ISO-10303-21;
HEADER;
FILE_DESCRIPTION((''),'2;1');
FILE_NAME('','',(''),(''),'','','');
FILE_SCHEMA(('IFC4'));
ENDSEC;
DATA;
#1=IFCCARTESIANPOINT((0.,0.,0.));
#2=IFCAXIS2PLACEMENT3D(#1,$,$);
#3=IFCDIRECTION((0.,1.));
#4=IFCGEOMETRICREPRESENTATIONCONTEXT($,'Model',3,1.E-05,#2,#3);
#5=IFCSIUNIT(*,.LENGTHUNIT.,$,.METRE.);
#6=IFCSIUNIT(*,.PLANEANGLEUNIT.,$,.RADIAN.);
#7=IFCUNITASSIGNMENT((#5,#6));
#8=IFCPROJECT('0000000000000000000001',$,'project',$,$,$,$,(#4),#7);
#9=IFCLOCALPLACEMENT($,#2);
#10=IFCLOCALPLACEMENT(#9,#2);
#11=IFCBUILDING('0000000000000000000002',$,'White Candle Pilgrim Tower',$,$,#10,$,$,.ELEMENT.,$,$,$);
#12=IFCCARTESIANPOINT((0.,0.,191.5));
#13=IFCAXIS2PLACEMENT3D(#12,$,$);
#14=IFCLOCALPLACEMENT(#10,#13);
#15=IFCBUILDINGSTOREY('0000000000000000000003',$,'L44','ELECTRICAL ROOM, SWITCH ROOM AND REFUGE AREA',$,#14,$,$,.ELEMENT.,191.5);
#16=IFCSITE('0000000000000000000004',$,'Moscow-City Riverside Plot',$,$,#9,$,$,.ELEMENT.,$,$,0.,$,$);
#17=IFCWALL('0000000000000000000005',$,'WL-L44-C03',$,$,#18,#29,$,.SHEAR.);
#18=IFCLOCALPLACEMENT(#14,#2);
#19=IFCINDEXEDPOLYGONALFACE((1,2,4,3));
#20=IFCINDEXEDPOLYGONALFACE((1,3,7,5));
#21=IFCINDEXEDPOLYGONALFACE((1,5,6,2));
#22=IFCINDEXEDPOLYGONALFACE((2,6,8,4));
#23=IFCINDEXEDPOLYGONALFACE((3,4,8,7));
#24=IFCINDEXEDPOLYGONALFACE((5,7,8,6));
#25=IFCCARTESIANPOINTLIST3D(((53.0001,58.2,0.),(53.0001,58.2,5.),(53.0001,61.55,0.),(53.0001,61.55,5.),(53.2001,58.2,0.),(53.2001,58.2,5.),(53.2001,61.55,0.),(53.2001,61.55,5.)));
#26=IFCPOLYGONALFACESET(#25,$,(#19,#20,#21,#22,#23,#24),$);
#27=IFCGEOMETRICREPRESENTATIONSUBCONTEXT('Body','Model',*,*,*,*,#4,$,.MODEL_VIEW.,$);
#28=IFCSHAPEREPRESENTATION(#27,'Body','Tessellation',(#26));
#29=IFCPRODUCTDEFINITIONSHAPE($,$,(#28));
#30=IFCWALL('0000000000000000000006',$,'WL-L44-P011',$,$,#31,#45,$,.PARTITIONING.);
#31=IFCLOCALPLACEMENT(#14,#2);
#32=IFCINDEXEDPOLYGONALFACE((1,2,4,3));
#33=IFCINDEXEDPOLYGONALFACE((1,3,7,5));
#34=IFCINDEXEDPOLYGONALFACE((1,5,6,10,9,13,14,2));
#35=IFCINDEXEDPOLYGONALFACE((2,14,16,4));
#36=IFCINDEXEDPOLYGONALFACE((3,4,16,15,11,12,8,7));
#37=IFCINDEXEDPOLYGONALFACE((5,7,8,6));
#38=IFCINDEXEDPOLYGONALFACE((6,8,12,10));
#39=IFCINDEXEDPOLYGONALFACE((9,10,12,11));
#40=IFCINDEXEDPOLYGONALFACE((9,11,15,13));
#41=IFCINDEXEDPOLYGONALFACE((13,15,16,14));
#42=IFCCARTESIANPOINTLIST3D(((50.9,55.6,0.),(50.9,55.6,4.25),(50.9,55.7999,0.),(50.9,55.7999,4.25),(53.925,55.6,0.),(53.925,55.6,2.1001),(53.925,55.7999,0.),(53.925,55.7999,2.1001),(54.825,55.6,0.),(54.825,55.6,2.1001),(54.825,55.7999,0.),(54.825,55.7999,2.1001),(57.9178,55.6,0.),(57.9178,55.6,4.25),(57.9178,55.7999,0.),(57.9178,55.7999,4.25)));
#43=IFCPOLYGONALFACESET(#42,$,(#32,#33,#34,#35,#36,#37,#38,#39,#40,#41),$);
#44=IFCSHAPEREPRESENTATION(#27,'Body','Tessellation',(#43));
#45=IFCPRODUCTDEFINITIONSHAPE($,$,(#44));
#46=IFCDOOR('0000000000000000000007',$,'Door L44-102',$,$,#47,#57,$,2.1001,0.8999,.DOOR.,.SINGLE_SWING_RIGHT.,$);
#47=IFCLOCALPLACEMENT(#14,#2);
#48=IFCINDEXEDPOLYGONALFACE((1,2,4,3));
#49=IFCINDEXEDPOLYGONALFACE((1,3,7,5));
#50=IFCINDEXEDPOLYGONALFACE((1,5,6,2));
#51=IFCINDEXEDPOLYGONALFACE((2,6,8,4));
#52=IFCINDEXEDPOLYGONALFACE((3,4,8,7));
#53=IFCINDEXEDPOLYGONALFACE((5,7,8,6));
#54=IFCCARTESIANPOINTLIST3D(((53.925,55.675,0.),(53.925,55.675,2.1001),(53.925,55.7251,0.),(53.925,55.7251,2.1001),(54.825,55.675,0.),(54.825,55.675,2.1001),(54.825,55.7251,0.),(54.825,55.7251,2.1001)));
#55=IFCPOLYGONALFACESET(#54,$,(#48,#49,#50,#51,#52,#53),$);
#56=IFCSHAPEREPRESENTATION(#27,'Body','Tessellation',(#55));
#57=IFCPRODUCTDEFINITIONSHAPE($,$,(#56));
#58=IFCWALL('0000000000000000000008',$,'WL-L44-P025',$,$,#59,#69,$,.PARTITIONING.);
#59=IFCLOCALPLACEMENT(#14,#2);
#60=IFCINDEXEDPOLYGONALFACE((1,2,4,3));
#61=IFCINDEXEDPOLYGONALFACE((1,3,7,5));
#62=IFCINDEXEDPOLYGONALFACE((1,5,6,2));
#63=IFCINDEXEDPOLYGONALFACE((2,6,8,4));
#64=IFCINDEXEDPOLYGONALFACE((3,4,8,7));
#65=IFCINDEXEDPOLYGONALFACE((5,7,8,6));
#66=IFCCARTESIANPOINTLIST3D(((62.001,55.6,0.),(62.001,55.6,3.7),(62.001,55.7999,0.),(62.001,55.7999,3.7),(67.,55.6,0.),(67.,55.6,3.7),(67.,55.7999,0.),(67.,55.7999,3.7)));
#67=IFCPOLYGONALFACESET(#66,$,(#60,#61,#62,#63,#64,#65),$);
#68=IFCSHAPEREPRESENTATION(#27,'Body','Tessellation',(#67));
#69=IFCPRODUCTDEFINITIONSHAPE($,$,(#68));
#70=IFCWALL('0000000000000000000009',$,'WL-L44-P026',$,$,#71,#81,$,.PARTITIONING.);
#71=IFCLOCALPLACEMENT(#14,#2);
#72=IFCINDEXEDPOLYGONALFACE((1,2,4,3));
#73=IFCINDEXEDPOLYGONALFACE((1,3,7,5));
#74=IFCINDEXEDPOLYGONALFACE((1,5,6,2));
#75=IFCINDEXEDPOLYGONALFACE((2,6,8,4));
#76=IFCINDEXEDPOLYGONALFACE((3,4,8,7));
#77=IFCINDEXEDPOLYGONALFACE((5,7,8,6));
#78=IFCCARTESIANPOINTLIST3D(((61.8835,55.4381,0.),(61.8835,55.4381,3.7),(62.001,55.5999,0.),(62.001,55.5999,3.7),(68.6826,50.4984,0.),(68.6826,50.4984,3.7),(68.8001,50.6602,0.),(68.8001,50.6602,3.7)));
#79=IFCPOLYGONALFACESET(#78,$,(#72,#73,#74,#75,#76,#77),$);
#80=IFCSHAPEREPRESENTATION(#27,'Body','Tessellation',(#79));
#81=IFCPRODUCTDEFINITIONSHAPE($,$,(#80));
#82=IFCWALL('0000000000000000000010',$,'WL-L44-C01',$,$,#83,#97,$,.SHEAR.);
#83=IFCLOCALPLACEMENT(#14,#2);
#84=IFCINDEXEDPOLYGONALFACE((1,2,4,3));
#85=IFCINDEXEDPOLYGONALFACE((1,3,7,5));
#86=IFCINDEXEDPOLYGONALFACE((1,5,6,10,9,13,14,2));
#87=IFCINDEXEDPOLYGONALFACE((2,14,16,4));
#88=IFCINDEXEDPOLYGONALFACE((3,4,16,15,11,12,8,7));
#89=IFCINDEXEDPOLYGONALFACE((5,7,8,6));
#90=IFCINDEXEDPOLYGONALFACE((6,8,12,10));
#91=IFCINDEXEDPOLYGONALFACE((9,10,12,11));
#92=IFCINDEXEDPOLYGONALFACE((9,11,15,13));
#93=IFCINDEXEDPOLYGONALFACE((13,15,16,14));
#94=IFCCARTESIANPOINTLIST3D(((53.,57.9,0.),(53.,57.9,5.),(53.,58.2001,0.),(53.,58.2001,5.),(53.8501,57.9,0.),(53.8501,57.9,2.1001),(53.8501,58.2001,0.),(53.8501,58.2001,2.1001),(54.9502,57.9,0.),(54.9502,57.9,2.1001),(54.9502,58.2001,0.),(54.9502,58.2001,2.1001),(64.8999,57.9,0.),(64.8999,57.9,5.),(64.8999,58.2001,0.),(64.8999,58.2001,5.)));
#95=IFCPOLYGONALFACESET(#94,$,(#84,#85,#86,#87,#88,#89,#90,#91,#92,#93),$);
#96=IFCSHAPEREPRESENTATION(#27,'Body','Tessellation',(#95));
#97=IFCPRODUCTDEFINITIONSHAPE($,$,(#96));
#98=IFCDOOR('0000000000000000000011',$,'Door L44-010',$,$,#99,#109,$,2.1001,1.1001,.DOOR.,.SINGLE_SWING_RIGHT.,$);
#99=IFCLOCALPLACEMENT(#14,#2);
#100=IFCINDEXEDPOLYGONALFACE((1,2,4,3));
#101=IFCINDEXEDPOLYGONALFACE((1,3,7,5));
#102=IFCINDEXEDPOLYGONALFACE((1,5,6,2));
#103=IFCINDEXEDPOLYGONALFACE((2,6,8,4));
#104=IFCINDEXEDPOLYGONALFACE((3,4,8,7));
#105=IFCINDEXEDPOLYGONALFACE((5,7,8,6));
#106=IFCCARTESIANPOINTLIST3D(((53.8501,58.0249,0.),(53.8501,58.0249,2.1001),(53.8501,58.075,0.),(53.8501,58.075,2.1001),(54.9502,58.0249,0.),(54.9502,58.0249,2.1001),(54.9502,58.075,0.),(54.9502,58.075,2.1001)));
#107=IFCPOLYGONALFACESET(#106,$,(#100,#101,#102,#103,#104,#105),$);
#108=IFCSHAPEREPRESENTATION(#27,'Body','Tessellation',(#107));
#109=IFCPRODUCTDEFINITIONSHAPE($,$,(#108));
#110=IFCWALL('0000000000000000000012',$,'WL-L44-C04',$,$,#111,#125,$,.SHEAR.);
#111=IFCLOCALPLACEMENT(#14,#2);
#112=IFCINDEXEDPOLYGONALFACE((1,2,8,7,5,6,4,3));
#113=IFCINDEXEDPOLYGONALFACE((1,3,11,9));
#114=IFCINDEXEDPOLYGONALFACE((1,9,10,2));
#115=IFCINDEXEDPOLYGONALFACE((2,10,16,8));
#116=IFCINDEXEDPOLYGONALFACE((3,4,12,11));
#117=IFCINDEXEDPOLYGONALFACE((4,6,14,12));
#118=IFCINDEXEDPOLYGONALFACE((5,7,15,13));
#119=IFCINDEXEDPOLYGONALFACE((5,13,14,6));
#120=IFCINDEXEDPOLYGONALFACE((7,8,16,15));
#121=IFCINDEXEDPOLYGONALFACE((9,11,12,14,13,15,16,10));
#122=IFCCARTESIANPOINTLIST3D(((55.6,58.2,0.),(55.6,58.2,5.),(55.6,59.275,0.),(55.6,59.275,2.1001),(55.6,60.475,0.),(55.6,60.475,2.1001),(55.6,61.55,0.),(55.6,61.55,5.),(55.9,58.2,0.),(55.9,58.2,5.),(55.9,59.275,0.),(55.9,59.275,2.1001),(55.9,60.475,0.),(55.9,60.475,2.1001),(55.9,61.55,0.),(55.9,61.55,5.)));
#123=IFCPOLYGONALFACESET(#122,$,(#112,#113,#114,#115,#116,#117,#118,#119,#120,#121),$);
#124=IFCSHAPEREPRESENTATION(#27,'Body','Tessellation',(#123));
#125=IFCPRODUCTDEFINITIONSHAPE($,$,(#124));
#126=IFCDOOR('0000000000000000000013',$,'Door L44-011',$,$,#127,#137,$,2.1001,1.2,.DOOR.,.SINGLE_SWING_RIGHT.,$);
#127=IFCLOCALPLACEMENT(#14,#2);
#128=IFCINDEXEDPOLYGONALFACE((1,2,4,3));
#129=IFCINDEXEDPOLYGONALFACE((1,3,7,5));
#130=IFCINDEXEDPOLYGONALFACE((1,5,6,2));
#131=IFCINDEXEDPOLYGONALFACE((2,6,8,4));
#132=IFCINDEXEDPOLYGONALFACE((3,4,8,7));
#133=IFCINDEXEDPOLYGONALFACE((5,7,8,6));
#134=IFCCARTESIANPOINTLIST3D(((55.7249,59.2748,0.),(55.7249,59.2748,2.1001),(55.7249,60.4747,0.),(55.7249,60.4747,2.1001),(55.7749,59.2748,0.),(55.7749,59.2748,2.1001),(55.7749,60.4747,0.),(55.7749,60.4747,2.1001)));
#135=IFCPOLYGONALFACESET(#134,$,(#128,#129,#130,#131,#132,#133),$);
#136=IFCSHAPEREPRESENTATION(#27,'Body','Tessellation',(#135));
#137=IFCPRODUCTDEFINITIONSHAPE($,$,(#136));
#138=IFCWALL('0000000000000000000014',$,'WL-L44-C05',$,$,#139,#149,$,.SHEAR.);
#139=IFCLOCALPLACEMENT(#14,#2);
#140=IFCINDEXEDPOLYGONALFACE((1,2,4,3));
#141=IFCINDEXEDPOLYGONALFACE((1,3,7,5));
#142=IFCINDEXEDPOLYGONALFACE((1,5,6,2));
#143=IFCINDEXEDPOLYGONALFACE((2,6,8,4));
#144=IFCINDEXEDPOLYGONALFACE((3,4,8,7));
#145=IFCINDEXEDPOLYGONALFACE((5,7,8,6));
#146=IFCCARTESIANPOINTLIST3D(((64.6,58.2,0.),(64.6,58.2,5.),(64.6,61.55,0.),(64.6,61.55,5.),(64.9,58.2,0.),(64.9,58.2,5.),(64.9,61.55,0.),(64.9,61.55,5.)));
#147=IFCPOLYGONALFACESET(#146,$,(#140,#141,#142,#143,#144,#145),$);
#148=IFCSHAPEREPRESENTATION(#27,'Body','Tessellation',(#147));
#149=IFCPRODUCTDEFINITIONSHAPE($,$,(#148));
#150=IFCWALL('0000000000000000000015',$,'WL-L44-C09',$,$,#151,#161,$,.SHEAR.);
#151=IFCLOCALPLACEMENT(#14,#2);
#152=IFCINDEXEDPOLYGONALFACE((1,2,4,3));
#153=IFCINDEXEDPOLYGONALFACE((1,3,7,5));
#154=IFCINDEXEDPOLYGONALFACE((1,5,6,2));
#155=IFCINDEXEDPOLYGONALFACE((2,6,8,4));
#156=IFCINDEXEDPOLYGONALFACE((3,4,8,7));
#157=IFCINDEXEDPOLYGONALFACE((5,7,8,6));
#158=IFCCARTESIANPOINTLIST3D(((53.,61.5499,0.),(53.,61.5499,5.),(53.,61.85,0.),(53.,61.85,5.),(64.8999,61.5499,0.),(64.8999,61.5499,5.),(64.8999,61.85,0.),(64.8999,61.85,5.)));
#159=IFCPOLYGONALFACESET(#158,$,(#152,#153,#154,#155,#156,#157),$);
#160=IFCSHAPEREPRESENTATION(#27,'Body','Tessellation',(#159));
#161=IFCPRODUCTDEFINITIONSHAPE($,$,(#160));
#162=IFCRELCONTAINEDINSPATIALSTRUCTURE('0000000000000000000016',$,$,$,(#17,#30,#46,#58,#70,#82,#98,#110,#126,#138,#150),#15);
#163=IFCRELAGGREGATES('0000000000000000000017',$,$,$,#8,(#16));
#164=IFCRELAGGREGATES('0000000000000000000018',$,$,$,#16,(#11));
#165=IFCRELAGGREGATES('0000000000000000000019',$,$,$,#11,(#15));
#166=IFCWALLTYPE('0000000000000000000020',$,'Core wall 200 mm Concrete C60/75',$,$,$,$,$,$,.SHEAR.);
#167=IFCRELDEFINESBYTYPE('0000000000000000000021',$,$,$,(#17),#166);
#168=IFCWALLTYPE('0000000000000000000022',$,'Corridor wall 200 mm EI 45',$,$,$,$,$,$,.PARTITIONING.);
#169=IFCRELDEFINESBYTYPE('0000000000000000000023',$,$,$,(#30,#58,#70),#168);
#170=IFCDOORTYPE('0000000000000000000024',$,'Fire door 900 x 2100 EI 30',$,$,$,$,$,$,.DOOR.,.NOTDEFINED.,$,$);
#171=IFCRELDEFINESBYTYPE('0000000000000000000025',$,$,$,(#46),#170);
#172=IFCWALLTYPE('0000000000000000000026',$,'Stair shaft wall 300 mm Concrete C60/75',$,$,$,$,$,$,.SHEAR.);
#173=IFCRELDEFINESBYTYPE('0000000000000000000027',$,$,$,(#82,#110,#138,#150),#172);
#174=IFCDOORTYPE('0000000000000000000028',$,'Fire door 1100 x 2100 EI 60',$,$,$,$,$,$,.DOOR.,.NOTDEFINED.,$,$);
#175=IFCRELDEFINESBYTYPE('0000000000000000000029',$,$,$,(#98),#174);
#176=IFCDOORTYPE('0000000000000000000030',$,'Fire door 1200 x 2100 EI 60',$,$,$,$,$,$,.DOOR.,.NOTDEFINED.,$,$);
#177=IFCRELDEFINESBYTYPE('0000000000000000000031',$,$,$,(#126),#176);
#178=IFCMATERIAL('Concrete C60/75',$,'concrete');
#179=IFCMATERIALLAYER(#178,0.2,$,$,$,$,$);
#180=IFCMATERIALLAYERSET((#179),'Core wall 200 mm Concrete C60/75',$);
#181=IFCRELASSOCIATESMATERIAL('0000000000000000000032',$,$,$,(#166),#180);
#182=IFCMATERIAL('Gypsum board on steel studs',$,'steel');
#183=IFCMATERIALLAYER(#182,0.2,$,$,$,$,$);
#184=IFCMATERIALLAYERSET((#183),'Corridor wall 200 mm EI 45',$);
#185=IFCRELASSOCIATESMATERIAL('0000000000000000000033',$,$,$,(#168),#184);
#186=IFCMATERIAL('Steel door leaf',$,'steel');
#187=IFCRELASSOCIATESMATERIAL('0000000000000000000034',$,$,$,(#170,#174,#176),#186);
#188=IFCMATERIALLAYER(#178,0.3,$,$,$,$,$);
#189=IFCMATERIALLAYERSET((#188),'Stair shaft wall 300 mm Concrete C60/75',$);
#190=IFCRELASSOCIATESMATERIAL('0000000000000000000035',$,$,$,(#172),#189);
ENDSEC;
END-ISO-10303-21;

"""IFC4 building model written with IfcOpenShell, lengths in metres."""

from ifc_helpers import new_model, si_unit, direction, frame, frame_2d, origin, place, context, subcontext, project, spatial, rectangle, extrude, material, layer, layer_set, type_object, element, fill, save


model = new_model("IFC4")

# Units and contexts
model_context = context("Model", 3, precision=1e-05, world=origin(), true_north=direction((0.0, 1.0)))
body_context = subcontext(model_context, "Body", "Model", "MODEL_VIEW")
ifc_project = project(units=[si_unit("LENGTHUNIT", "METRE"), si_unit("PLANEANGLEUNIT", "RADIAN")], contexts=[model_context])

# Site, building, storey
site_placement = place(None, origin())
site = spatial("IfcSite", under=ifc_project, at=site_placement, Name="Moscow-City Riverside Plot", CompositionType="ELEMENT", RefElevation=0.0)
building_placement = place(site_placement, origin())
building = spatial("IfcBuilding", under=site, at=building_placement, Name="White Candle Pilgrim Tower", CompositionType="ELEMENT")
storey_placement = place(building_placement, frame((0.0, 0.0, 191.5)))
storey = spatial("IfcBuildingStorey", under=building, at=storey_placement, Name="L44", Description="ELECTRICAL ROOM, SWITCH ROOM AND REFUGE AREA", CompositionType="ELEMENT", Elevation=191.5)

# Wall
ifc_material_1 = material(Name="Concrete C60/75", Category="concrete")
ifc_layer_1 = layer(ifc_material_1, 0.2)
ifc_layer_set_1 = layer_set([ifc_layer_1], Name="Core wall 200 mm Concrete C60/75")
wall_type_1 = type_object("IfcWallType", Name="Core wall 200 mm Concrete C60/75", PredefinedType="SHEAR", material=ifc_layer_set_1)
wall_1_placement = place(storey_placement, frame((53.1001, 58.2, 0.0), z_axis=(0.0, 0.0, 1.0), x_axis=(0.0, 1.0, 0.0)))
element("IfcWall", 1, at=wall_1_placement, inside=storey, type_object=wall_type_1, Name="WL-L44-C03", PredefinedType="SHEAR", context=body_context, shape_type="SweptSolid", body=[
    extrude(rectangle(XDim=3.3501, YDim=0.2, at=frame_2d((1.675, 0.0))), origin(), (0.0, 0.0, 1.0), 5.0),
])

# Wall, opening, door
ifc_material_2 = material(Name="Gypsum board on steel studs", Category="steel")
ifc_layer_2 = layer(ifc_material_2, 0.2)
ifc_layer_set_2 = layer_set([ifc_layer_2], Name="Corridor wall 200 mm EI 45")
wall_type_2 = type_object("IfcWallType", Name="Corridor wall 200 mm EI 45", PredefinedType="PARTITIONING", material=ifc_layer_set_2)
wall_2_placement = place(storey_placement, frame((57.9177, 55.7, 0.0), z_axis=(0.0, 0.0, 1.0), x_axis=(-1.0, 0.0, 0.0)))
wall_2 = element("IfcWall", 2, at=wall_2_placement, inside=storey, type_object=wall_type_2, Name="WL-L44-P011", PredefinedType="PARTITIONING", context=body_context, shape_type="SweptSolid", body=[
    extrude(rectangle(XDim=7.0178, YDim=0.2, at=frame_2d((3.5088, 0.0))), origin(), (0.0, 0.0, 1.0), 4.25),
])
opening_1_placement = place(wall_2_placement, frame((3.0928, 0.0, 0.0)))
opening_1 = element("IfcOpeningElement", 3, at=opening_1_placement, cuts=wall_2, PredefinedType="OPENING", context=body_context, shape_type="SweptSolid", body=[
    extrude(rectangle(XDim=0.8999, YDim=2.1001, at=frame_2d((0.45, 1.05))), frame((0.0, 0.1099, 0.0), z_axis=(0.0, -1.0, 0.0), x_axis=(1.0, 0.0, 0.0)), (0.0, 0.0, 1.0), 0.22),
])
ifc_material_3 = material(Name="Steel door leaf", Category="steel")
door_type_1 = type_object("IfcDoorType", Name="Fire door 900 x 2100 EI 30", OperationType="NOTDEFINED", PredefinedType="DOOR", material=ifc_material_3)
door_1_placement = place(opening_1_placement, origin())
door_1 = element("IfcDoor", 4, at=door_1_placement, inside=storey, type_object=door_type_1, Name="Door L44-102", OperationType="SINGLE_SWING_RIGHT", OverallHeight=2.1001, OverallWidth=0.8999, PredefinedType="DOOR", context=body_context, shape_type="SweptSolid", body=[
    extrude(rectangle(XDim=0.8999, YDim=2.1001, at=frame_2d((0.45, 1.05))), frame((0.0, 0.0249, 0.0), z_axis=(0.0, -1.0, 0.0), x_axis=(1.0, 0.0, 0.0)), (0.0, 0.0, 1.0), 0.05),
])
fill(opening_1, door_1)

# Walls
wall_3_placement = place(storey_placement, frame((67.0, 55.7, 0.0), z_axis=(0.0, 0.0, 1.0), x_axis=(-1.0, 0.0, 0.0)))
element("IfcWall", 5, at=wall_3_placement, inside=storey, type_object=wall_type_2, Name="WL-L44-P025", PredefinedType="PARTITIONING", context=body_context, shape_type="SweptSolid", body=[
    extrude(rectangle(XDim=4.999, YDim=0.2, at=frame_2d((2.4995, 0.0))), origin(), (0.0, 0.0, 1.0), 3.7),
])
wall_4_placement = place(storey_placement, frame((61.9421, 55.519, 0.0), z_axis=(0.0, 0.0, 1.0), x_axis=(0.809024, -0.587776, 0.0)))
element("IfcWall", 6, at=wall_4_placement, inside=storey, type_object=wall_type_2, Name="WL-L44-P026", PredefinedType="PARTITIONING", context=body_context, shape_type="SweptSolid", body=[
    extrude(rectangle(XDim=8.4041, YDim=0.2, at=frame_2d((4.2021, 0.0))), origin(), (0.0, 0.0, 1.0), 3.7),
])

# Walls, openings, doors
ifc_layer_3 = layer(ifc_material_1, 0.3)
ifc_layer_set_3 = layer_set([ifc_layer_3], Name="Stair shaft wall 300 mm Concrete C60/75")
wall_type_3 = type_object("IfcWallType", Name="Stair shaft wall 300 mm Concrete C60/75", PredefinedType="SHEAR", material=ifc_layer_set_3)
wall_5_placement = place(storey_placement, frame((53.0, 58.05, 0.0), z_axis=(0.0, 0.0, 1.0), x_axis=(1.0, 0.0, 0.0)))
wall_5 = element("IfcWall", 7, at=wall_5_placement, inside=storey, type_object=wall_type_3, Name="WL-L44-C01", PredefinedType="SHEAR", context=body_context, shape_type="SweptSolid", body=[
    extrude(rectangle(XDim=11.8999, YDim=0.3, at=frame_2d((5.95, 0.0))), origin(), (0.0, 0.0, 1.0), 5.0),
])
opening_2_placement = place(wall_5_placement, frame((0.8501, 0.0, 0.0)))
opening_2 = element("IfcOpeningElement", 8, at=opening_2_placement, cuts=wall_5, PredefinedType="OPENING", context=body_context, shape_type="SweptSolid", body=[
    extrude(rectangle(XDim=1.1001, YDim=2.1001, at=frame_2d((0.55, 1.05))), frame((0.0, 0.1599, 0.0), z_axis=(0.0, -1.0, 0.0), x_axis=(1.0, 0.0, 0.0)), (0.0, 0.0, 1.0), 0.3201),
])
door_type_2 = type_object("IfcDoorType", Name="Fire door 1100 x 2100 EI 60", OperationType="NOTDEFINED", PredefinedType="DOOR", material=ifc_material_3)
door_2_placement = place(opening_2_placement, origin())
door_2 = element("IfcDoor", 9, at=door_2_placement, inside=storey, type_object=door_type_2, Name="Door L44-010", OperationType="SINGLE_SWING_RIGHT", OverallHeight=2.1001, OverallWidth=1.1001, PredefinedType="DOOR", context=body_context, shape_type="SweptSolid", body=[
    extrude(rectangle(XDim=1.1001, YDim=2.1001, at=frame_2d((0.55, 1.05))), frame((0.0, 0.0249, 0.0), z_axis=(0.0, -1.0, 0.0), x_axis=(1.0, 0.0, 0.0)), (0.0, 0.0, 1.0), 0.05),
])
fill(opening_2, door_2)
wall_6_placement = place(storey_placement, frame((55.75, 58.2, 0.0), z_axis=(0.0, 0.0, 1.0), x_axis=(0.0, 1.0, 0.0)))
wall_6 = element("IfcWall", 10, at=wall_6_placement, inside=storey, type_object=wall_type_3, Name="WL-L44-C04", PredefinedType="SHEAR", context=body_context, shape_type="SweptSolid", body=[
    extrude(rectangle(XDim=3.3501, YDim=0.3, at=frame_2d((1.675, 0.0))), origin(), (0.0, 0.0, 1.0), 5.0),
])
opening_3_placement = place(wall_6_placement, frame((1.075, 0.0, 0.0)))
opening_3 = element("IfcOpeningElement", 11, at=opening_3_placement, cuts=wall_6, PredefinedType="OPENING", context=body_context, shape_type="SweptSolid", body=[
    extrude(rectangle(XDim=1.2, YDim=2.1001, at=frame_2d((0.6001, 1.05))), frame((0.0, 0.1599, 0.0), z_axis=(0.0, -1.0, 0.0), x_axis=(1.0, 0.0, 0.0)), (0.0, 0.0, 1.0), 0.3201),
])
door_type_3 = type_object("IfcDoorType", Name="Fire door 1200 x 2100 EI 60", OperationType="NOTDEFINED", PredefinedType="DOOR", material=ifc_material_3)
door_3_placement = place(opening_3_placement, frame((1.2, 0.0, 0.0), z_axis=(0.0, 0.0, 1.0), x_axis=(-1.0, 0.0, 0.0)))
door_3 = element("IfcDoor", 12, at=door_3_placement, inside=storey, type_object=door_type_3, Name="Door L44-011", OperationType="SINGLE_SWING_RIGHT", OverallHeight=2.1001, OverallWidth=1.2, PredefinedType="DOOR", context=body_context, shape_type="SweptSolid", body=[
    extrude(rectangle(XDim=1.2, YDim=2.1001, at=frame_2d((0.6001, 1.05))), frame((0.0, 0.0249, 0.0), z_axis=(0.0, -1.0, 0.0), x_axis=(1.0, 0.0, 0.0)), (0.0, 0.0, 1.0), 0.05),
])
fill(opening_3, door_3)

# Walls
wall_7_placement = place(storey_placement, frame((64.75, 58.2, 0.0), z_axis=(0.0, 0.0, 1.0), x_axis=(0.0, 1.0, 0.0)))
element("IfcWall", 13, at=wall_7_placement, inside=storey, type_object=wall_type_3, Name="WL-L44-C05", PredefinedType="SHEAR", context=body_context, shape_type="SweptSolid", body=[
    extrude(rectangle(XDim=3.3501, YDim=0.3, at=frame_2d((1.675, 0.0))), origin(), (0.0, 0.0, 1.0), 5.0),
])
wall_8_placement = place(storey_placement, frame((53.0, 61.7, 0.0), z_axis=(0.0, 0.0, 1.0), x_axis=(1.0, 0.0, 0.0)))
element("IfcWall", 14, at=wall_8_placement, inside=storey, type_object=wall_type_3, Name="WL-L44-C09", PredefinedType="SHEAR", context=body_context, shape_type="SweptSolid", body=[
    extrude(rectangle(XDim=11.8999, YDim=0.3, at=frame_2d((5.95, 0.0))), origin(), (0.0, 0.0, 1.0), 5.0),
])

save(model, "model.ifc")
